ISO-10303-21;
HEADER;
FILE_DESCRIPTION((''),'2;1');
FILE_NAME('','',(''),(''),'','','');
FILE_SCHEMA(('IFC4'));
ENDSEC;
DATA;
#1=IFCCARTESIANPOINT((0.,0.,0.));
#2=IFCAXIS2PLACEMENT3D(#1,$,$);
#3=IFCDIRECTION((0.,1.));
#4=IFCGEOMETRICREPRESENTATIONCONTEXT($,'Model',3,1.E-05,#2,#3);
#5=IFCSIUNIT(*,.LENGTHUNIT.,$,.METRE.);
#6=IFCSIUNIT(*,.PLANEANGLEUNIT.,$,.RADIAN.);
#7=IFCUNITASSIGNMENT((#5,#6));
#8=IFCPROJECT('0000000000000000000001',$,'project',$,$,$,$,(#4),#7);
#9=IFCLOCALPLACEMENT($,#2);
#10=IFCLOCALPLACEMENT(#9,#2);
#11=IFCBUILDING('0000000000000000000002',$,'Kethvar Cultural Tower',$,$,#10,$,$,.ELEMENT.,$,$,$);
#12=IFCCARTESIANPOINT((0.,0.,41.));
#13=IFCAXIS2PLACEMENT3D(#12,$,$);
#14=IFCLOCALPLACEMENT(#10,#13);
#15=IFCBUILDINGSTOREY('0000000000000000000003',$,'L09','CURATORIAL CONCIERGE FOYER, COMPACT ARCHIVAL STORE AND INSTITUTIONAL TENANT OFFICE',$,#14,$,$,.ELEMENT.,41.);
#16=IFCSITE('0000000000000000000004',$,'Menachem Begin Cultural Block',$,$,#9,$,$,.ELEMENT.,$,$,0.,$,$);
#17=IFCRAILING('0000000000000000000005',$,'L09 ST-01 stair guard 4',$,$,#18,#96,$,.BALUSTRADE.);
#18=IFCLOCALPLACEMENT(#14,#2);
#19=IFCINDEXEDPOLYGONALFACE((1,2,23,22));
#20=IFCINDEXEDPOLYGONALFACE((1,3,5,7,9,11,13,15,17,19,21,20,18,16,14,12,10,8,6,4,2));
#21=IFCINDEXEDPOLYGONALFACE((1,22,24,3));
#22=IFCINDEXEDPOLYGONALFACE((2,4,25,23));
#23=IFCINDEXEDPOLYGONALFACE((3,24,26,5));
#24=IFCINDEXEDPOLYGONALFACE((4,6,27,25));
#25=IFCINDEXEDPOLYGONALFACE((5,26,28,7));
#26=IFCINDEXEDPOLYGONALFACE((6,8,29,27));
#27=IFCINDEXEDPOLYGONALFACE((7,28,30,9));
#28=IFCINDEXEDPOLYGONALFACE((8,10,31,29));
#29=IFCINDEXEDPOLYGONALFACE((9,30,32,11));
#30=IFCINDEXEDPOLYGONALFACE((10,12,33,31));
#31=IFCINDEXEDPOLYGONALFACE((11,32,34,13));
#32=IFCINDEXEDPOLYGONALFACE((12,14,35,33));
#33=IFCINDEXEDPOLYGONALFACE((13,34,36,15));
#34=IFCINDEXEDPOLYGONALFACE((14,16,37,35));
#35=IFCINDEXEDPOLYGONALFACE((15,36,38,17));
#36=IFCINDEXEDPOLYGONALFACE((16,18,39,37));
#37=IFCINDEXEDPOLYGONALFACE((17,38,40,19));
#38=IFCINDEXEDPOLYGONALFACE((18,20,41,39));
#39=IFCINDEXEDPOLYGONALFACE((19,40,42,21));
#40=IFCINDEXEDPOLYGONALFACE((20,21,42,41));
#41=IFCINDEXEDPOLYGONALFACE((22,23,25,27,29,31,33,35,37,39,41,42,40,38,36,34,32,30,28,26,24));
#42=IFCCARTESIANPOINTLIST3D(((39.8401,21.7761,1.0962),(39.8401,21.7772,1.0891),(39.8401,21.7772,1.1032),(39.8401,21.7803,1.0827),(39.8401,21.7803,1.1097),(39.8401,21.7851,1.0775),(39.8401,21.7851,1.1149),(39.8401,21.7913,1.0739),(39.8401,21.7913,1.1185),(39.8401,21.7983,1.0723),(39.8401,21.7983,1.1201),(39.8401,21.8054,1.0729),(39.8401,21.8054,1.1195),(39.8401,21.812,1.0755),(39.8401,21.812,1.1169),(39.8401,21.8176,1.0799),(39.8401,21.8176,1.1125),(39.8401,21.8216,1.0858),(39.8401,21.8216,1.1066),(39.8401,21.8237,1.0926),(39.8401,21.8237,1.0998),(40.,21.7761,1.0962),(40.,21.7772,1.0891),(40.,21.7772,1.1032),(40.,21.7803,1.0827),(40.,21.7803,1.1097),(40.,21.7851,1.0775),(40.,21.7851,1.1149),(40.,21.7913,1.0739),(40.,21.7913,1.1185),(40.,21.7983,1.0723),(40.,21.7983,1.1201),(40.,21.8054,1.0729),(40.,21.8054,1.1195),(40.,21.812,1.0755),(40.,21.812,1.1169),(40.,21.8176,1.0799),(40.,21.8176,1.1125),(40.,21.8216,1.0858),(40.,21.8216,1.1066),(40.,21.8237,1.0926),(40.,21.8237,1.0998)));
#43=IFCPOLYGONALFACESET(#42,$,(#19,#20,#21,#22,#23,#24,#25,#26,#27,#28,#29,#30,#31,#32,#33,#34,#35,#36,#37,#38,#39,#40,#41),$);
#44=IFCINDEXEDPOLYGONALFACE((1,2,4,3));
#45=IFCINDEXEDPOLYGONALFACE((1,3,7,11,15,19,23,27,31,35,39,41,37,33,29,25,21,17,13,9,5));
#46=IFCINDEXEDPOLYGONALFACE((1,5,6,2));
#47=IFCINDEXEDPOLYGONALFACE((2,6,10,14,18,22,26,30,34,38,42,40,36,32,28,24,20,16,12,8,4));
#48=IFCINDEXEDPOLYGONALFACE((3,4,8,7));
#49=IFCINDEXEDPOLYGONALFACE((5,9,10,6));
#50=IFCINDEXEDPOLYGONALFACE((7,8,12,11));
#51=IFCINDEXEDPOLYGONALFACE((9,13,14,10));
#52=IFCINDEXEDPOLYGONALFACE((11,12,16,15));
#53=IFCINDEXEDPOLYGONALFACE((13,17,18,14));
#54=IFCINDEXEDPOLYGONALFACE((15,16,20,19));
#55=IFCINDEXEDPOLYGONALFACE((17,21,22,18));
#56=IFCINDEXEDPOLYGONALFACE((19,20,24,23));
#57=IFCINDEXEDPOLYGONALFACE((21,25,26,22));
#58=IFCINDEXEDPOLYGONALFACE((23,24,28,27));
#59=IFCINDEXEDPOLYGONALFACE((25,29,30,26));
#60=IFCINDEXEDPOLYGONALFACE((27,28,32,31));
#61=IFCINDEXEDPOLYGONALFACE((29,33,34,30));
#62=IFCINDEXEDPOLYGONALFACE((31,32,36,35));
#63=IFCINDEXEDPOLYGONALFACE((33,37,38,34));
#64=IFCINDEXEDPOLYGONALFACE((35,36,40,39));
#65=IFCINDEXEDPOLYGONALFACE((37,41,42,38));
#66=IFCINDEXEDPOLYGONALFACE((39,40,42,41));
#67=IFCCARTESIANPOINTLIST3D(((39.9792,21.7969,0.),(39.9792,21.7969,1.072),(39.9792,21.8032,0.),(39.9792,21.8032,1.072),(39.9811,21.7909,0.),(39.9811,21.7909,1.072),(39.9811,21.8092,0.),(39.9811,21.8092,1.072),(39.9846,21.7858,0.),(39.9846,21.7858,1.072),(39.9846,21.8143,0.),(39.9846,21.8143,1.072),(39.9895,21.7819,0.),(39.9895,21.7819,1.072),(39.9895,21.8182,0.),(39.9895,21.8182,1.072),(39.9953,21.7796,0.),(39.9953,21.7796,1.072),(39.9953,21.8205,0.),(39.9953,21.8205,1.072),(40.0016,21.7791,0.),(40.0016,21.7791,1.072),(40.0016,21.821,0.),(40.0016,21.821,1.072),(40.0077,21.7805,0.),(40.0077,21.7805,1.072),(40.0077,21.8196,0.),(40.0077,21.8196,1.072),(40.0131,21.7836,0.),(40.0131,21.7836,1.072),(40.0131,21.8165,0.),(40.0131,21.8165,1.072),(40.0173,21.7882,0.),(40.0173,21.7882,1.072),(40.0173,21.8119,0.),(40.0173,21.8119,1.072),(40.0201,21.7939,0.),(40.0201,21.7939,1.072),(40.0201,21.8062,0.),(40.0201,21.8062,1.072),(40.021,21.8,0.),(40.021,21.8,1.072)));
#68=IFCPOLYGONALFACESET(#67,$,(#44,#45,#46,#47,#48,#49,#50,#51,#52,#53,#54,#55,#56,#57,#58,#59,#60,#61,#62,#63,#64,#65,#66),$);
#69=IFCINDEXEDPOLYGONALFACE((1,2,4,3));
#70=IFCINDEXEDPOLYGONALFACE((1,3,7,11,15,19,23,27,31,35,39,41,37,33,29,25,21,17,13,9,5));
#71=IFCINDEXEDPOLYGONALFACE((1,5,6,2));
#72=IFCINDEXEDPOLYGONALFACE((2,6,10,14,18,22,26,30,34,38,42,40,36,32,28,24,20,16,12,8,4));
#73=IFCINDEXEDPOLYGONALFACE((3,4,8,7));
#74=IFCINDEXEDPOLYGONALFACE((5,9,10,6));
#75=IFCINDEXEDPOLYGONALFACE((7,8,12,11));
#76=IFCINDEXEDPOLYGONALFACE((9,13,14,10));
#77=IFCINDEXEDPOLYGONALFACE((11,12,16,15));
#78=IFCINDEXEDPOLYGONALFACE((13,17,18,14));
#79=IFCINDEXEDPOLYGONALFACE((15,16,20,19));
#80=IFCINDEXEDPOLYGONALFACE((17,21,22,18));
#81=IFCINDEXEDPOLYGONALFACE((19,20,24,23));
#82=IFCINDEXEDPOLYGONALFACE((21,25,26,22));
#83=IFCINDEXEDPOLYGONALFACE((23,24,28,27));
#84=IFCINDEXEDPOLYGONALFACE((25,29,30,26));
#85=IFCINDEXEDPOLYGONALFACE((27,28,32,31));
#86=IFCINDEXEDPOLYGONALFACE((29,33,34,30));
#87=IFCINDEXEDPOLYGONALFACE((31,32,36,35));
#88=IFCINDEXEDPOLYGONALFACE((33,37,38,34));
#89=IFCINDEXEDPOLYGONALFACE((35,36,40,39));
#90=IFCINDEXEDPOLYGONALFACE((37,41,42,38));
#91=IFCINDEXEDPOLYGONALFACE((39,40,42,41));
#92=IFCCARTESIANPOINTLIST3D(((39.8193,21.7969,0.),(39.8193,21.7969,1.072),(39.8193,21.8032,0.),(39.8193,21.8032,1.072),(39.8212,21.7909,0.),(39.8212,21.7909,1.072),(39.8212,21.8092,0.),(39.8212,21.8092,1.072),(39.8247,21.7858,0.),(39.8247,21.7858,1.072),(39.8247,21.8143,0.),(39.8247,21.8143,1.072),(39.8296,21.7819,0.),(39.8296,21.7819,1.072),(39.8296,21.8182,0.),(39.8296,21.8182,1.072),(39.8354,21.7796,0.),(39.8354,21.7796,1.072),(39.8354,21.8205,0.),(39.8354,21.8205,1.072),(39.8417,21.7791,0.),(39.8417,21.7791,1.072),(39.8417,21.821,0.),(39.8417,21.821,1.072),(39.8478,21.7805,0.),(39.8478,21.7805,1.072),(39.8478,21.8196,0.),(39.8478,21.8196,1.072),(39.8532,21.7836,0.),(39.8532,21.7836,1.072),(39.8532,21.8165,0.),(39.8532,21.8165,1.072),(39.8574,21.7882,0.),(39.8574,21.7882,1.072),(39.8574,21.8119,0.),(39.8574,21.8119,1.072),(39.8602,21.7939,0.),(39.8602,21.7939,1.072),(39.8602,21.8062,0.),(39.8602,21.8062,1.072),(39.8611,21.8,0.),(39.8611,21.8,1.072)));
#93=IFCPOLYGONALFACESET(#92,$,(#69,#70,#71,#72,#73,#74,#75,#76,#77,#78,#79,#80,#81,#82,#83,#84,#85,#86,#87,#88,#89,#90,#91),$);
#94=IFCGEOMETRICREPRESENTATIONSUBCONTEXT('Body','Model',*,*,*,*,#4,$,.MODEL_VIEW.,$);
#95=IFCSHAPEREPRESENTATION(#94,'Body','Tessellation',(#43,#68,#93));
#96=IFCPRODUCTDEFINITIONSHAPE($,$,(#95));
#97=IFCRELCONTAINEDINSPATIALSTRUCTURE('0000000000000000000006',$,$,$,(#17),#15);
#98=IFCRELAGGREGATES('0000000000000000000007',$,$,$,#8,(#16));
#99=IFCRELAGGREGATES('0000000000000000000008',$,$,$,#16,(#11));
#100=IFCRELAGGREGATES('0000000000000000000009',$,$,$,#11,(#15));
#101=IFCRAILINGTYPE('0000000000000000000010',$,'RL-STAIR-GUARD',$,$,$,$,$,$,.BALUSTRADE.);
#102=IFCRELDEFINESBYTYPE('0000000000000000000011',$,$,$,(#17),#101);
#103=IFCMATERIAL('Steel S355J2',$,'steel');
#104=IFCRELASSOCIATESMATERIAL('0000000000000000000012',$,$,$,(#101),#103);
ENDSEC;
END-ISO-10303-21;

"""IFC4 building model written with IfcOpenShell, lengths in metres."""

from ifc_helpers import new_model, si_unit, direction, frame, origin, origin_2d, place, context, subcontext, project, spatial, circle, extrude, material, type_object, element, save


model = new_model("IFC4")

# Units and contexts
model_context = context("Model", 3, precision=1e-05, world=origin(), true_north=direction((0.0, 1.0)))
body_context = subcontext(model_context, "Body", "Model", "MODEL_VIEW")
ifc_project = project(units=[si_unit("LENGTHUNIT", "METRE"), si_unit("PLANEANGLEUNIT", "RADIAN")], contexts=[model_context])

# Site, building, storey
site_placement = place(None, origin())
site = spatial("IfcSite", under=ifc_project, at=site_placement, Name="Menachem Begin Cultural Block", CompositionType="ELEMENT", RefElevation=0.0)
building_placement = place(site_placement, origin())
building = spatial("IfcBuilding", under=site, at=building_placement, Name="Kethvar Cultural Tower", CompositionType="ELEMENT")
storey_placement = place(building_placement, frame((0.0, 0.0, 41.0)))
storey = spatial("IfcBuildingStorey", under=building, at=storey_placement, Name="L09", Description="CURATORIAL CONCIERGE FOYER, COMPACT ARCHIVAL STORE AND INSTITUTIONAL TENANT OFFICE", CompositionType="ELEMENT", Elevation=41.0)

# Shared definitions
ifc_material_1 = material(Name="Steel S355J2", Category="steel")

# Railing
railing_type_1 = type_object("IfcRailingType", Name="RL-STAIR-GUARD", PredefinedType="BALUSTRADE", material=ifc_material_1)
railing_1_placement = place(storey_placement, frame((40.0, 21.8, 0.0)))
element("IfcRailing", 1, at=railing_1_placement, inside=storey, type_object=railing_type_1, Name="L09 ST-01 stair guard 4", PredefinedType="BALUSTRADE", context=body_context, shape_type="SweptSolid", body=[
    extrude(circle(Radius=0.0239, at=origin_2d()), frame((0.0, 0.0, 1.0962), z_axis=(-1.0, 0.0, 0.0), x_axis=(0.0, -1.0, 0.0)), (0.0, 0.0, 1.0), 0.1599),
    extrude(circle(Radius=0.021, at=origin_2d()), origin(), (0.0, 0.0, 1.0), 1.072),
    extrude(circle(Radius=0.021, at=origin_2d()), frame((-0.1599, 0.0, 0.0)), (0.0, 0.0, 1.0), 1.072),
])

save(model, "model.ifc")
